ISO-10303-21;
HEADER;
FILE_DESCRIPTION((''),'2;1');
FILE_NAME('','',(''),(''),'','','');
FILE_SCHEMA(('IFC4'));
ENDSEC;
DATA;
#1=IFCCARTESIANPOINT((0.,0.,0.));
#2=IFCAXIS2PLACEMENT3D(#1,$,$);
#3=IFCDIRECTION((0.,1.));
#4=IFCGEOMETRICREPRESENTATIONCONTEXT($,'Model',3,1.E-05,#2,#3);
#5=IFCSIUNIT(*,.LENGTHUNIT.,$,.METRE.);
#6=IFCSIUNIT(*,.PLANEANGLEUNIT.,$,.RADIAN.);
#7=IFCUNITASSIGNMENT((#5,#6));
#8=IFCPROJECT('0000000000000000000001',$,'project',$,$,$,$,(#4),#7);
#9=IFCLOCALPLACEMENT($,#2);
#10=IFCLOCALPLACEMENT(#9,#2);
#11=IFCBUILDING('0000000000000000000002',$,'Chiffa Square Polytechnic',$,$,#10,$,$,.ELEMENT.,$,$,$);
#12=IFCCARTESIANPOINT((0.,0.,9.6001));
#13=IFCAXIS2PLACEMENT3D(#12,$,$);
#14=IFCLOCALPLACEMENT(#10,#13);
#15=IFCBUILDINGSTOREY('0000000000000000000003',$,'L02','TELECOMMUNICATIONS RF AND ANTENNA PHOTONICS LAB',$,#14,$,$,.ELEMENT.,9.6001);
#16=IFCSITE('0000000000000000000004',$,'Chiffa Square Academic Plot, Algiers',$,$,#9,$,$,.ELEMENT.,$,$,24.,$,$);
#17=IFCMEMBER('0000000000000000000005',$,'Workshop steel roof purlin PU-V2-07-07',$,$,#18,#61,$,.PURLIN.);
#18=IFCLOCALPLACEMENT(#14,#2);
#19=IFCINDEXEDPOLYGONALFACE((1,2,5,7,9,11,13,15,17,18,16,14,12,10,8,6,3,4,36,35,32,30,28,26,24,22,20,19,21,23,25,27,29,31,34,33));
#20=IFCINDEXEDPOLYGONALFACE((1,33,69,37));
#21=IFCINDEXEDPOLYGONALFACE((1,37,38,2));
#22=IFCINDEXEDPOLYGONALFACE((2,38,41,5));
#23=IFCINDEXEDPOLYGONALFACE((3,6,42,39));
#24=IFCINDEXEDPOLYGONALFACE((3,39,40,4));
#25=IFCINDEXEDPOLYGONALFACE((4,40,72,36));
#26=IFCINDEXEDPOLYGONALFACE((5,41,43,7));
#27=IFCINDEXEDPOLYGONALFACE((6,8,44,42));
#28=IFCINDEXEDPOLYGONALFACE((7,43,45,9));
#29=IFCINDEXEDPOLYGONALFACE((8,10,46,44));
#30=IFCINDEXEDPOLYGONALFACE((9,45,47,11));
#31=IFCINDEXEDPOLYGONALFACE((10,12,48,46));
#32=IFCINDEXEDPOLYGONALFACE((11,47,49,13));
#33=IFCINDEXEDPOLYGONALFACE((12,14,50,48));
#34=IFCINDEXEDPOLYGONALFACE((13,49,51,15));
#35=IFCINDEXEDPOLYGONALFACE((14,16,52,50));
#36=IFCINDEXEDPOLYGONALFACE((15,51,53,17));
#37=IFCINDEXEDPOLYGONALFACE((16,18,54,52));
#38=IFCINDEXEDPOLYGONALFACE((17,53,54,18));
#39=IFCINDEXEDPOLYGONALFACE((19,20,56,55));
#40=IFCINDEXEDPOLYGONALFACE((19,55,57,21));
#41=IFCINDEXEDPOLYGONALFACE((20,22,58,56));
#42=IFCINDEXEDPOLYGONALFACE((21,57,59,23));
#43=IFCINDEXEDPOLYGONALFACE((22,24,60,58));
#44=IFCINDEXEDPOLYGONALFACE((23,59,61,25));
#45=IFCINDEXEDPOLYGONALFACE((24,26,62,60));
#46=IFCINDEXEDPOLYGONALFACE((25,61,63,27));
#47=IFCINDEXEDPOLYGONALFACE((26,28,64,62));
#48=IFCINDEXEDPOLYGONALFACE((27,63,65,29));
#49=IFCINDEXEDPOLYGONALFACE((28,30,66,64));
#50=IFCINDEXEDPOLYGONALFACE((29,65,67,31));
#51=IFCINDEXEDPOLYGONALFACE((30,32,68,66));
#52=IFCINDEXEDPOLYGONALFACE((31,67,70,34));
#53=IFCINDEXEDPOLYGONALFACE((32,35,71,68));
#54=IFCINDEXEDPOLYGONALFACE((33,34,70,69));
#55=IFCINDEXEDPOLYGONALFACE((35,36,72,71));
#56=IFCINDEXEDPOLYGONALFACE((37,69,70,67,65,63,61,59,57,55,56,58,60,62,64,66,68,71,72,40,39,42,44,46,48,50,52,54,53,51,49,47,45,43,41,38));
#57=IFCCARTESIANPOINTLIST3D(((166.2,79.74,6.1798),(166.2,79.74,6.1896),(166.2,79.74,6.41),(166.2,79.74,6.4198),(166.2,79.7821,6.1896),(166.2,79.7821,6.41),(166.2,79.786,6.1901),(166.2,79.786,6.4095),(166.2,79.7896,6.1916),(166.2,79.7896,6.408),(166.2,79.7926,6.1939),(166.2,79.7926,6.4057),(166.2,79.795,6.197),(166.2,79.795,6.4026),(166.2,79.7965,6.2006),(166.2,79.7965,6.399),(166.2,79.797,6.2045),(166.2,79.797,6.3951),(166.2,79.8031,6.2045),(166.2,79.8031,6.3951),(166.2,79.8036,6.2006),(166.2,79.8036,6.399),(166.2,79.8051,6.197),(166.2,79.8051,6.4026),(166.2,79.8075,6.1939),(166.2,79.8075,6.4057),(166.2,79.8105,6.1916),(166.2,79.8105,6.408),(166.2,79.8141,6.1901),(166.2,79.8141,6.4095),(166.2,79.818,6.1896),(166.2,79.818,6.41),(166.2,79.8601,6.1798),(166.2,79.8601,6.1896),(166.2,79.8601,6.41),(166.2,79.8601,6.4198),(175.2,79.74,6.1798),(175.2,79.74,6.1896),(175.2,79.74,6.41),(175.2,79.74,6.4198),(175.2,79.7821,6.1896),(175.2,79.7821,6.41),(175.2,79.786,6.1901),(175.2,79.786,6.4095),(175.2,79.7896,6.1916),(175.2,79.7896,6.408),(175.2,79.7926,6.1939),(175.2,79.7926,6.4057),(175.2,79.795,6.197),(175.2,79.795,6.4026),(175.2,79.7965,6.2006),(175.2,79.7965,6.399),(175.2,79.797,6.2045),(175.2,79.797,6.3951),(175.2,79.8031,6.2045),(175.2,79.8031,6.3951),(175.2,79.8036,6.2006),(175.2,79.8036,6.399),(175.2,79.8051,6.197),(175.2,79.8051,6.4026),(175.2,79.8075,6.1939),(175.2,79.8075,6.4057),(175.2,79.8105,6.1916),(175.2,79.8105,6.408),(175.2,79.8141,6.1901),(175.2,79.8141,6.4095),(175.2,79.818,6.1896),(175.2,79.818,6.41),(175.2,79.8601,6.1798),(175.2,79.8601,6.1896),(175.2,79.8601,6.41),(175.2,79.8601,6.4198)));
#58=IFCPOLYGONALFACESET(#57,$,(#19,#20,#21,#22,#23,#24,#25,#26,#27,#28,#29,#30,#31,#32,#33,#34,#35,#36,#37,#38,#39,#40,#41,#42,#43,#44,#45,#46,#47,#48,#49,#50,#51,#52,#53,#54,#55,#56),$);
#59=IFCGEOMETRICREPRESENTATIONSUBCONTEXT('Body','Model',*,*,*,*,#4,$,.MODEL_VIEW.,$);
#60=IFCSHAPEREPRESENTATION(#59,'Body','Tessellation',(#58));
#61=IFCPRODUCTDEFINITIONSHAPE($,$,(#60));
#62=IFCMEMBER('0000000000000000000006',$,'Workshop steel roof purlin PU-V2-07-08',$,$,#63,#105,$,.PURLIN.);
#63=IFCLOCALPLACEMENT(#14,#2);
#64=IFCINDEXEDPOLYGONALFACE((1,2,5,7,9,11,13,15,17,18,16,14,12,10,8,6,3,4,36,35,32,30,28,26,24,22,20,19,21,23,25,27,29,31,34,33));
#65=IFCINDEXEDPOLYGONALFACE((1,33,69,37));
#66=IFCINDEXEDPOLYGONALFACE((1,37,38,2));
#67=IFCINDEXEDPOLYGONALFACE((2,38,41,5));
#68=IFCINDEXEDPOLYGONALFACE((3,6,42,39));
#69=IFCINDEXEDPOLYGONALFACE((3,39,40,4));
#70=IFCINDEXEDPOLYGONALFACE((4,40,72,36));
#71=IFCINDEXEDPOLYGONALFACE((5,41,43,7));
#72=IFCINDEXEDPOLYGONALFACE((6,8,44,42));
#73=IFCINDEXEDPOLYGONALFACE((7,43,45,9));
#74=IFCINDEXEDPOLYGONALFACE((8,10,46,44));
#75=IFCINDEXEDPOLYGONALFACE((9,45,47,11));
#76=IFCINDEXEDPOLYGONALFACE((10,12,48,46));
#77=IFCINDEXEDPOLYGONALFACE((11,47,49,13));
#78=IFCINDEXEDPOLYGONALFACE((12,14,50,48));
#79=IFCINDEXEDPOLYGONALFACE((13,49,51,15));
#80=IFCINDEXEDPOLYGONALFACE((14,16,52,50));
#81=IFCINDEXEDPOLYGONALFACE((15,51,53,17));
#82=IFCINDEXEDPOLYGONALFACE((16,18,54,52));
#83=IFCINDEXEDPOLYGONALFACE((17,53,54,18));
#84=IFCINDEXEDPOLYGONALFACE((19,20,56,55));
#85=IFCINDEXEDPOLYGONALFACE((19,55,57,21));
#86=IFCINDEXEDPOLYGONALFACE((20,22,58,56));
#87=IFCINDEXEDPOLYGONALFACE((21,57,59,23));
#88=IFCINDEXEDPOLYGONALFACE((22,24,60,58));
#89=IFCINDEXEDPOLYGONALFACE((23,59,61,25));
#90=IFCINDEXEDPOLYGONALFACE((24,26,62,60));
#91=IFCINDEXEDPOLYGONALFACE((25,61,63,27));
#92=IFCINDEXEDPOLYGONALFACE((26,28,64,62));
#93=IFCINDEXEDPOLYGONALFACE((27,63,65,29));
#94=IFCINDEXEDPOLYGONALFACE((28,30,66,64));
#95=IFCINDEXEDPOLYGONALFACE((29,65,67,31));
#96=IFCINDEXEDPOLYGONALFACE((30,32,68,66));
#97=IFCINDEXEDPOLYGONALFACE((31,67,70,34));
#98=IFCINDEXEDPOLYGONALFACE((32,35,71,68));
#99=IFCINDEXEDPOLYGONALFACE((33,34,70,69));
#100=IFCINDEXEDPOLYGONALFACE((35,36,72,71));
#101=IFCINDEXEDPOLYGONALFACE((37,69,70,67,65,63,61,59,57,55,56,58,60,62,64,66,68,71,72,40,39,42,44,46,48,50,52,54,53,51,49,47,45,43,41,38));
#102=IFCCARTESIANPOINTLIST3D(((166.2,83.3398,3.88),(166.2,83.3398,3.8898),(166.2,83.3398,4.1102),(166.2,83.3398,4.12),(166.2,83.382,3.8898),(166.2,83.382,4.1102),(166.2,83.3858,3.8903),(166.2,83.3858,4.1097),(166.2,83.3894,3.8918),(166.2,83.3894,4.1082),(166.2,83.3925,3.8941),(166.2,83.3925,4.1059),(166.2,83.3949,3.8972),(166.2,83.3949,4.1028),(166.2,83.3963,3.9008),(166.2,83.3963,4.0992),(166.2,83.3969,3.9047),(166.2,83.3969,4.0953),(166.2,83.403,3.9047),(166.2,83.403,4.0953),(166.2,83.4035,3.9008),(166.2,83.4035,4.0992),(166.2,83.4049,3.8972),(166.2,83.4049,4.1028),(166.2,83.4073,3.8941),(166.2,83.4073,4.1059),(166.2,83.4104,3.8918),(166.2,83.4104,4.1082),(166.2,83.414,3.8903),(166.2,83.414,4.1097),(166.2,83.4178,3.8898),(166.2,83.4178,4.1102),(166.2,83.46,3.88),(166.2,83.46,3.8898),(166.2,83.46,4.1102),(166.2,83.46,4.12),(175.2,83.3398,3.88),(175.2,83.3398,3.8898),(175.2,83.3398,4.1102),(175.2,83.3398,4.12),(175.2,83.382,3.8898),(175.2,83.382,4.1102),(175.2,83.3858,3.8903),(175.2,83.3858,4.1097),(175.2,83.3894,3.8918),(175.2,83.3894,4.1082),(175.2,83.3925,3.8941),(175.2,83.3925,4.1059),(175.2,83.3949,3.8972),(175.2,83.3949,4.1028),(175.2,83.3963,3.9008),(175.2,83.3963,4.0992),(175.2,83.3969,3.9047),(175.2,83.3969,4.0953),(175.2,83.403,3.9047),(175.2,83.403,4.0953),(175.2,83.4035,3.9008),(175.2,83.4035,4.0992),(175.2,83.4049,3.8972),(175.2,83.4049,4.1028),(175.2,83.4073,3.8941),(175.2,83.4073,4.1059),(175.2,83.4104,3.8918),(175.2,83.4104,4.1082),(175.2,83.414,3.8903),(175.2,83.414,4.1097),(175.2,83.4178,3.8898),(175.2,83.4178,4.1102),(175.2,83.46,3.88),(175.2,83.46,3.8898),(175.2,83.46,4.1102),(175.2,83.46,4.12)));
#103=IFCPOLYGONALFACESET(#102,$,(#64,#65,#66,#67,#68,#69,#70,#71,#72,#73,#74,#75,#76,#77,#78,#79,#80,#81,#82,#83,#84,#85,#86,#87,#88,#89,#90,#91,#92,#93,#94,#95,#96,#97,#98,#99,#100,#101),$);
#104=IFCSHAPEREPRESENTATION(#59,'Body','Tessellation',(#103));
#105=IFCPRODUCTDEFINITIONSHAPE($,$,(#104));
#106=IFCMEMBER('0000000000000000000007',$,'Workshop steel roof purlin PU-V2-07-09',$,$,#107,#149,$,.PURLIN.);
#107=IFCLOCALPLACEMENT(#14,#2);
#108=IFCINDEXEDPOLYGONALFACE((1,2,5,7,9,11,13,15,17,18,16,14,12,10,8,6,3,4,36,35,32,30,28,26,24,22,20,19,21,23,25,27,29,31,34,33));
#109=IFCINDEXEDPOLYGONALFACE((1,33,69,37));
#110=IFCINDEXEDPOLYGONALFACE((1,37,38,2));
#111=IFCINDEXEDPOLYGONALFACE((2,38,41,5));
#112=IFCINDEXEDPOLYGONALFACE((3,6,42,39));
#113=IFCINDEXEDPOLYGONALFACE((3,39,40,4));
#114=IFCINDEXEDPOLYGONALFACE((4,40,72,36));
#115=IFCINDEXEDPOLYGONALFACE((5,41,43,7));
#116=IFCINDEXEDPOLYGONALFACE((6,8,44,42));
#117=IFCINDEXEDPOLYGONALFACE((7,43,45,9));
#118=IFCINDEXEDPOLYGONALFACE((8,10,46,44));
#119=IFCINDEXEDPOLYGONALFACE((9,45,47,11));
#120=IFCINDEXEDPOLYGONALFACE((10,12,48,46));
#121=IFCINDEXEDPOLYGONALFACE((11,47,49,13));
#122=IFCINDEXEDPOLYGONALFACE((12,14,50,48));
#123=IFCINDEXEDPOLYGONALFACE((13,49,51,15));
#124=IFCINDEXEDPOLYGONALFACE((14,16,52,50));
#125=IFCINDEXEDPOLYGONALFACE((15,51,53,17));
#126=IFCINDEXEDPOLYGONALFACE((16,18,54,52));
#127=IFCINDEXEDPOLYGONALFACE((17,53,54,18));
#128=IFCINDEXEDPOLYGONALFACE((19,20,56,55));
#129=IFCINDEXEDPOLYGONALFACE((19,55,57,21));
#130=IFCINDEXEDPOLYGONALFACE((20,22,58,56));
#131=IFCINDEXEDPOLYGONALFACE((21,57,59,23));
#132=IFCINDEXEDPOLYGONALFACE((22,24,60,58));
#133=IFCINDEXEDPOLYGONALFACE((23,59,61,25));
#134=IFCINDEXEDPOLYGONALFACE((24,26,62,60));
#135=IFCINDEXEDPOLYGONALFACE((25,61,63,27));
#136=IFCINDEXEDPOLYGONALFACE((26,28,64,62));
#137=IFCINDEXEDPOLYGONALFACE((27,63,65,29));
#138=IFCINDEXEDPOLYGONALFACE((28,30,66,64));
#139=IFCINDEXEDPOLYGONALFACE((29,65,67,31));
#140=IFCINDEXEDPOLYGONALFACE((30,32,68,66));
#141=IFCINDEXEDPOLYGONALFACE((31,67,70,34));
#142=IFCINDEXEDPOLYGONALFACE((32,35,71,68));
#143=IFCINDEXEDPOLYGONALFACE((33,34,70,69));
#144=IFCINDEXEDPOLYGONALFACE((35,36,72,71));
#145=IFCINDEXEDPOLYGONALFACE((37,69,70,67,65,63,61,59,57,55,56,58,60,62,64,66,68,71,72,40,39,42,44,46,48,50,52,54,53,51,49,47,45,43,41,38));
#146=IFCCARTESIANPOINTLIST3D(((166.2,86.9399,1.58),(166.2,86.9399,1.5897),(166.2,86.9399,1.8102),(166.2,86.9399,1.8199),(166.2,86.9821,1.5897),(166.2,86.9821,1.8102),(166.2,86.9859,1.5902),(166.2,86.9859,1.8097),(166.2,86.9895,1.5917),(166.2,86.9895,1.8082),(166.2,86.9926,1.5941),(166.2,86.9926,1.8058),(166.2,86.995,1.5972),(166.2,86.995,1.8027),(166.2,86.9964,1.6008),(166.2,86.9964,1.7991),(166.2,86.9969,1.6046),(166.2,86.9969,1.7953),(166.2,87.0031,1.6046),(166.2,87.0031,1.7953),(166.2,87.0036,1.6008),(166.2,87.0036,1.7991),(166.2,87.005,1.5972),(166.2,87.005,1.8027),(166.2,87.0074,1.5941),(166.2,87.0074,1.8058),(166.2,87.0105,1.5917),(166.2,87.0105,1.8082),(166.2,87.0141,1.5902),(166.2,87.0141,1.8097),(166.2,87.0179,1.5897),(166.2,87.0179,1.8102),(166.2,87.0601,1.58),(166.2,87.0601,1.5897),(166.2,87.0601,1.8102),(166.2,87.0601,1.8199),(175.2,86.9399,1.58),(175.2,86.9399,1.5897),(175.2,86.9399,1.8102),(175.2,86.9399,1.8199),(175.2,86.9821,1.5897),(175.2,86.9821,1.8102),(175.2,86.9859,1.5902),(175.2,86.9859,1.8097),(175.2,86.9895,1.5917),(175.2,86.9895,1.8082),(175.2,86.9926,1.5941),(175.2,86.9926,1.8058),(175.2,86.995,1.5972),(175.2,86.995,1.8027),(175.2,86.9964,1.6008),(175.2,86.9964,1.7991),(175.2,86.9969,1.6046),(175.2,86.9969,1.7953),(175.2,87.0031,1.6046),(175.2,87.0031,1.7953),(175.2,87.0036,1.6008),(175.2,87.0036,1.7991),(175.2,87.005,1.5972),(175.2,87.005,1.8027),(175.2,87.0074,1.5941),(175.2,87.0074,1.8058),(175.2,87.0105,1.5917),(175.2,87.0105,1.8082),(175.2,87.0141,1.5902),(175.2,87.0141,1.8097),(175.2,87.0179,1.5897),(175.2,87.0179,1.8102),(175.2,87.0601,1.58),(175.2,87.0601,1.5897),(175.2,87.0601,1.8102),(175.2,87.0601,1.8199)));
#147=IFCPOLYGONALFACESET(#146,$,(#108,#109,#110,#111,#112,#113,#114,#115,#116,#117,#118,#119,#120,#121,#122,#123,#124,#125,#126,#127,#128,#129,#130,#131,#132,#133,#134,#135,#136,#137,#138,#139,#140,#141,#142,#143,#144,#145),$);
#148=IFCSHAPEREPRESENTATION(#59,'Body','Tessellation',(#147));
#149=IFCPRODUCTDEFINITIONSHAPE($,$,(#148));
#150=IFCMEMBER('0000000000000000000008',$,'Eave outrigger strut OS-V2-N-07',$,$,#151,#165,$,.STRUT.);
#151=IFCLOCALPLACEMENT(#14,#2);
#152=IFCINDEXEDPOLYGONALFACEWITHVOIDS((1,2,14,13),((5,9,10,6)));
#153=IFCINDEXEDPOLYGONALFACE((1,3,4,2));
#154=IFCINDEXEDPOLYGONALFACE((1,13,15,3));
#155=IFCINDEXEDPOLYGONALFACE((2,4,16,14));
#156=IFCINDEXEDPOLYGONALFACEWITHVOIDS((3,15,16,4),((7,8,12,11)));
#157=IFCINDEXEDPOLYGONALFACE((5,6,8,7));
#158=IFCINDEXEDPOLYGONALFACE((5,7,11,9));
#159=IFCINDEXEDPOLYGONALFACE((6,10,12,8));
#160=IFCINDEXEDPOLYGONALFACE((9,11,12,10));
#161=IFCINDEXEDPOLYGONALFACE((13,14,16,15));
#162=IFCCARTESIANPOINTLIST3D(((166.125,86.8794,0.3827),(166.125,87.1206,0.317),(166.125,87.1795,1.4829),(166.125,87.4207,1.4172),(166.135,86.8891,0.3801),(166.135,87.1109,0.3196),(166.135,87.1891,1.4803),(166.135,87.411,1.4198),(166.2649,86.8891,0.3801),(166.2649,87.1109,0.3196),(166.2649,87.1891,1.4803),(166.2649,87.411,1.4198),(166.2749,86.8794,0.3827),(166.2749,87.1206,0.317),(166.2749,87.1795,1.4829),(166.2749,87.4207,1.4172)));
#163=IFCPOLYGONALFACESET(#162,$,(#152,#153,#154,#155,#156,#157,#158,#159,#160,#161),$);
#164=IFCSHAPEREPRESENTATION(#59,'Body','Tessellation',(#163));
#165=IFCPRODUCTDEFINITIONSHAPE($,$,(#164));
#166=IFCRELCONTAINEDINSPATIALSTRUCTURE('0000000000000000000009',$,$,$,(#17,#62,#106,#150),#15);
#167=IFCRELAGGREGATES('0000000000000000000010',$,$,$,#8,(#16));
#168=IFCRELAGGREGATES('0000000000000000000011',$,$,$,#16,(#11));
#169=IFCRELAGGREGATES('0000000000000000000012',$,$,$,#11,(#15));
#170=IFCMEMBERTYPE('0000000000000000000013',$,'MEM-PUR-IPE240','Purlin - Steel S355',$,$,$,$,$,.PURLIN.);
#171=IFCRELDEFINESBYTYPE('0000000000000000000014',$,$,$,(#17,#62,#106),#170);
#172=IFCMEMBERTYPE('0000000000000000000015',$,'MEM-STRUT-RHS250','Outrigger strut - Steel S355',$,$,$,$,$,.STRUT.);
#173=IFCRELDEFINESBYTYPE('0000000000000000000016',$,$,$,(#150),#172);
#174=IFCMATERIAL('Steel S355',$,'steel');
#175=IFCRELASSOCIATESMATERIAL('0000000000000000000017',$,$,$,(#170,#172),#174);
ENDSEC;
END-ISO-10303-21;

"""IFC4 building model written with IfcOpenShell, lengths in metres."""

from ifc_helpers import new_model, si_unit, direction, frame, origin, origin_2d, place, context, subcontext, project, spatial, hollow_rectangle, i_section, extrude, material, material_profile, profile_set, type_object, element, save


model = new_model("IFC4")

# Units and contexts
model_context = context("Model", 3, precision=1e-05, world=origin(), true_north=direction((0.0, 1.0)))
body_context = subcontext(model_context, "Body", "Model", "MODEL_VIEW")
ifc_project = project(units=[si_unit("LENGTHUNIT", "METRE"), si_unit("PLANEANGLEUNIT", "RADIAN")], contexts=[model_context])

# Site, building, storey
site_placement = place(None, origin())
site = spatial("IfcSite", under=ifc_project, at=site_placement, Name="Chiffa Square Academic Plot, Algiers", CompositionType="ELEMENT", RefElevation=24.0)
building_placement = place(site_placement, origin())
building = spatial("IfcBuilding", under=site, at=building_placement, Name="Chiffa Square Polytechnic", CompositionType="ELEMENT")
storey_placement = place(building_placement, frame((0.0, 0.0, 9.6001)))
storey = spatial("IfcBuildingStorey", under=building, at=storey_placement, Name="L02", Description="TELECOMMUNICATIONS RF AND ANTENNA PHOTONICS LAB", CompositionType="ELEMENT", Elevation=9.6001)

# Shared definitions
ifc_material_1 = material(Name="Steel S355", Category="steel")

# Members
ifc_material_profile_1 = material_profile(ifc_material_1, i_section(OverallWidth=0.1201, OverallDepth=0.24, WebThickness=0.0061, FlangeThickness=0.0098, FilletRadius=0.0149, at=origin_2d()), Name="IPE 240")
ifc_profile_set_1 = profile_set([ifc_material_profile_1], Name="Steel S355")
member_type_1 = type_object("IfcMemberType", Name="MEM-PUR-IPE240", Description="Purlin - Steel S355", PredefinedType="PURLIN", material=ifc_profile_set_1)
for number, where, z_axis, x_axis, name in (
    (1, (166.2, 79.8, 6.2998), (1.0, 0.0, 0.0), (0.0, 1.0, 0.0), "Workshop steel roof purlin PU-V2-07-07"),
    (2, (166.2, 83.3999, 4.0), (1.0, 0.0, 0.0), (0.0, 1.0, 0.0), "Workshop steel roof purlin PU-V2-07-08"),
    (3, (166.2, 87.0, 1.7), (1.0, 0.0, 0.0), (0.0, 1.0, 0.0), "Workshop steel roof purlin PU-V2-07-09"),
):
    element("IfcMember", number, at=place(storey_placement, frame(where, z_axis=z_axis, x_axis=x_axis)), inside=storey, type_object=member_type_1, Name=name, PredefinedType="PURLIN", context=body_context, shape_type="SweptSolid", body=[
        extrude(i_section(OverallWidth=0.1201, OverallDepth=0.24, WebThickness=0.0061, FlangeThickness=0.0098, FilletRadius=0.0149, at=origin_2d()), origin(), (0.0, 0.0, 1.0), 9.0),
    ])
ifc_material_profile_2 = material_profile(ifc_material_1, hollow_rectangle(XDim=0.1499, YDim=0.25, WallThickness=0.01, at=origin_2d()), Name="RHS 250x150x10")
ifc_profile_set_2 = profile_set([ifc_material_profile_2], Name="Steel S355")
member_type_2 = type_object("IfcMemberType", Name="MEM-STRUT-RHS250", Description="Outrigger strut - Steel S355", PredefinedType="STRUT", material=ifc_profile_set_2)
member_1_placement = place(storey_placement, frame((166.2, 87.0, 0.3499), z_axis=(0.0, 0.263136, 0.964759), x_axis=(-1.0, 0.0, 0.0)))
element("IfcMember", 4, at=member_1_placement, inside=storey, type_object=member_type_2, Name="Eave outrigger strut OS-V2-N-07", PredefinedType="STRUT", context=body_context, shape_type="SweptSolid", body=[
    extrude(hollow_rectangle(XDim=0.1499, YDim=0.25, WallThickness=0.01, at=origin_2d()), origin(), (0.0, 0.0, 1.0), 1.1404),
])

save(model, "model.ifc")
